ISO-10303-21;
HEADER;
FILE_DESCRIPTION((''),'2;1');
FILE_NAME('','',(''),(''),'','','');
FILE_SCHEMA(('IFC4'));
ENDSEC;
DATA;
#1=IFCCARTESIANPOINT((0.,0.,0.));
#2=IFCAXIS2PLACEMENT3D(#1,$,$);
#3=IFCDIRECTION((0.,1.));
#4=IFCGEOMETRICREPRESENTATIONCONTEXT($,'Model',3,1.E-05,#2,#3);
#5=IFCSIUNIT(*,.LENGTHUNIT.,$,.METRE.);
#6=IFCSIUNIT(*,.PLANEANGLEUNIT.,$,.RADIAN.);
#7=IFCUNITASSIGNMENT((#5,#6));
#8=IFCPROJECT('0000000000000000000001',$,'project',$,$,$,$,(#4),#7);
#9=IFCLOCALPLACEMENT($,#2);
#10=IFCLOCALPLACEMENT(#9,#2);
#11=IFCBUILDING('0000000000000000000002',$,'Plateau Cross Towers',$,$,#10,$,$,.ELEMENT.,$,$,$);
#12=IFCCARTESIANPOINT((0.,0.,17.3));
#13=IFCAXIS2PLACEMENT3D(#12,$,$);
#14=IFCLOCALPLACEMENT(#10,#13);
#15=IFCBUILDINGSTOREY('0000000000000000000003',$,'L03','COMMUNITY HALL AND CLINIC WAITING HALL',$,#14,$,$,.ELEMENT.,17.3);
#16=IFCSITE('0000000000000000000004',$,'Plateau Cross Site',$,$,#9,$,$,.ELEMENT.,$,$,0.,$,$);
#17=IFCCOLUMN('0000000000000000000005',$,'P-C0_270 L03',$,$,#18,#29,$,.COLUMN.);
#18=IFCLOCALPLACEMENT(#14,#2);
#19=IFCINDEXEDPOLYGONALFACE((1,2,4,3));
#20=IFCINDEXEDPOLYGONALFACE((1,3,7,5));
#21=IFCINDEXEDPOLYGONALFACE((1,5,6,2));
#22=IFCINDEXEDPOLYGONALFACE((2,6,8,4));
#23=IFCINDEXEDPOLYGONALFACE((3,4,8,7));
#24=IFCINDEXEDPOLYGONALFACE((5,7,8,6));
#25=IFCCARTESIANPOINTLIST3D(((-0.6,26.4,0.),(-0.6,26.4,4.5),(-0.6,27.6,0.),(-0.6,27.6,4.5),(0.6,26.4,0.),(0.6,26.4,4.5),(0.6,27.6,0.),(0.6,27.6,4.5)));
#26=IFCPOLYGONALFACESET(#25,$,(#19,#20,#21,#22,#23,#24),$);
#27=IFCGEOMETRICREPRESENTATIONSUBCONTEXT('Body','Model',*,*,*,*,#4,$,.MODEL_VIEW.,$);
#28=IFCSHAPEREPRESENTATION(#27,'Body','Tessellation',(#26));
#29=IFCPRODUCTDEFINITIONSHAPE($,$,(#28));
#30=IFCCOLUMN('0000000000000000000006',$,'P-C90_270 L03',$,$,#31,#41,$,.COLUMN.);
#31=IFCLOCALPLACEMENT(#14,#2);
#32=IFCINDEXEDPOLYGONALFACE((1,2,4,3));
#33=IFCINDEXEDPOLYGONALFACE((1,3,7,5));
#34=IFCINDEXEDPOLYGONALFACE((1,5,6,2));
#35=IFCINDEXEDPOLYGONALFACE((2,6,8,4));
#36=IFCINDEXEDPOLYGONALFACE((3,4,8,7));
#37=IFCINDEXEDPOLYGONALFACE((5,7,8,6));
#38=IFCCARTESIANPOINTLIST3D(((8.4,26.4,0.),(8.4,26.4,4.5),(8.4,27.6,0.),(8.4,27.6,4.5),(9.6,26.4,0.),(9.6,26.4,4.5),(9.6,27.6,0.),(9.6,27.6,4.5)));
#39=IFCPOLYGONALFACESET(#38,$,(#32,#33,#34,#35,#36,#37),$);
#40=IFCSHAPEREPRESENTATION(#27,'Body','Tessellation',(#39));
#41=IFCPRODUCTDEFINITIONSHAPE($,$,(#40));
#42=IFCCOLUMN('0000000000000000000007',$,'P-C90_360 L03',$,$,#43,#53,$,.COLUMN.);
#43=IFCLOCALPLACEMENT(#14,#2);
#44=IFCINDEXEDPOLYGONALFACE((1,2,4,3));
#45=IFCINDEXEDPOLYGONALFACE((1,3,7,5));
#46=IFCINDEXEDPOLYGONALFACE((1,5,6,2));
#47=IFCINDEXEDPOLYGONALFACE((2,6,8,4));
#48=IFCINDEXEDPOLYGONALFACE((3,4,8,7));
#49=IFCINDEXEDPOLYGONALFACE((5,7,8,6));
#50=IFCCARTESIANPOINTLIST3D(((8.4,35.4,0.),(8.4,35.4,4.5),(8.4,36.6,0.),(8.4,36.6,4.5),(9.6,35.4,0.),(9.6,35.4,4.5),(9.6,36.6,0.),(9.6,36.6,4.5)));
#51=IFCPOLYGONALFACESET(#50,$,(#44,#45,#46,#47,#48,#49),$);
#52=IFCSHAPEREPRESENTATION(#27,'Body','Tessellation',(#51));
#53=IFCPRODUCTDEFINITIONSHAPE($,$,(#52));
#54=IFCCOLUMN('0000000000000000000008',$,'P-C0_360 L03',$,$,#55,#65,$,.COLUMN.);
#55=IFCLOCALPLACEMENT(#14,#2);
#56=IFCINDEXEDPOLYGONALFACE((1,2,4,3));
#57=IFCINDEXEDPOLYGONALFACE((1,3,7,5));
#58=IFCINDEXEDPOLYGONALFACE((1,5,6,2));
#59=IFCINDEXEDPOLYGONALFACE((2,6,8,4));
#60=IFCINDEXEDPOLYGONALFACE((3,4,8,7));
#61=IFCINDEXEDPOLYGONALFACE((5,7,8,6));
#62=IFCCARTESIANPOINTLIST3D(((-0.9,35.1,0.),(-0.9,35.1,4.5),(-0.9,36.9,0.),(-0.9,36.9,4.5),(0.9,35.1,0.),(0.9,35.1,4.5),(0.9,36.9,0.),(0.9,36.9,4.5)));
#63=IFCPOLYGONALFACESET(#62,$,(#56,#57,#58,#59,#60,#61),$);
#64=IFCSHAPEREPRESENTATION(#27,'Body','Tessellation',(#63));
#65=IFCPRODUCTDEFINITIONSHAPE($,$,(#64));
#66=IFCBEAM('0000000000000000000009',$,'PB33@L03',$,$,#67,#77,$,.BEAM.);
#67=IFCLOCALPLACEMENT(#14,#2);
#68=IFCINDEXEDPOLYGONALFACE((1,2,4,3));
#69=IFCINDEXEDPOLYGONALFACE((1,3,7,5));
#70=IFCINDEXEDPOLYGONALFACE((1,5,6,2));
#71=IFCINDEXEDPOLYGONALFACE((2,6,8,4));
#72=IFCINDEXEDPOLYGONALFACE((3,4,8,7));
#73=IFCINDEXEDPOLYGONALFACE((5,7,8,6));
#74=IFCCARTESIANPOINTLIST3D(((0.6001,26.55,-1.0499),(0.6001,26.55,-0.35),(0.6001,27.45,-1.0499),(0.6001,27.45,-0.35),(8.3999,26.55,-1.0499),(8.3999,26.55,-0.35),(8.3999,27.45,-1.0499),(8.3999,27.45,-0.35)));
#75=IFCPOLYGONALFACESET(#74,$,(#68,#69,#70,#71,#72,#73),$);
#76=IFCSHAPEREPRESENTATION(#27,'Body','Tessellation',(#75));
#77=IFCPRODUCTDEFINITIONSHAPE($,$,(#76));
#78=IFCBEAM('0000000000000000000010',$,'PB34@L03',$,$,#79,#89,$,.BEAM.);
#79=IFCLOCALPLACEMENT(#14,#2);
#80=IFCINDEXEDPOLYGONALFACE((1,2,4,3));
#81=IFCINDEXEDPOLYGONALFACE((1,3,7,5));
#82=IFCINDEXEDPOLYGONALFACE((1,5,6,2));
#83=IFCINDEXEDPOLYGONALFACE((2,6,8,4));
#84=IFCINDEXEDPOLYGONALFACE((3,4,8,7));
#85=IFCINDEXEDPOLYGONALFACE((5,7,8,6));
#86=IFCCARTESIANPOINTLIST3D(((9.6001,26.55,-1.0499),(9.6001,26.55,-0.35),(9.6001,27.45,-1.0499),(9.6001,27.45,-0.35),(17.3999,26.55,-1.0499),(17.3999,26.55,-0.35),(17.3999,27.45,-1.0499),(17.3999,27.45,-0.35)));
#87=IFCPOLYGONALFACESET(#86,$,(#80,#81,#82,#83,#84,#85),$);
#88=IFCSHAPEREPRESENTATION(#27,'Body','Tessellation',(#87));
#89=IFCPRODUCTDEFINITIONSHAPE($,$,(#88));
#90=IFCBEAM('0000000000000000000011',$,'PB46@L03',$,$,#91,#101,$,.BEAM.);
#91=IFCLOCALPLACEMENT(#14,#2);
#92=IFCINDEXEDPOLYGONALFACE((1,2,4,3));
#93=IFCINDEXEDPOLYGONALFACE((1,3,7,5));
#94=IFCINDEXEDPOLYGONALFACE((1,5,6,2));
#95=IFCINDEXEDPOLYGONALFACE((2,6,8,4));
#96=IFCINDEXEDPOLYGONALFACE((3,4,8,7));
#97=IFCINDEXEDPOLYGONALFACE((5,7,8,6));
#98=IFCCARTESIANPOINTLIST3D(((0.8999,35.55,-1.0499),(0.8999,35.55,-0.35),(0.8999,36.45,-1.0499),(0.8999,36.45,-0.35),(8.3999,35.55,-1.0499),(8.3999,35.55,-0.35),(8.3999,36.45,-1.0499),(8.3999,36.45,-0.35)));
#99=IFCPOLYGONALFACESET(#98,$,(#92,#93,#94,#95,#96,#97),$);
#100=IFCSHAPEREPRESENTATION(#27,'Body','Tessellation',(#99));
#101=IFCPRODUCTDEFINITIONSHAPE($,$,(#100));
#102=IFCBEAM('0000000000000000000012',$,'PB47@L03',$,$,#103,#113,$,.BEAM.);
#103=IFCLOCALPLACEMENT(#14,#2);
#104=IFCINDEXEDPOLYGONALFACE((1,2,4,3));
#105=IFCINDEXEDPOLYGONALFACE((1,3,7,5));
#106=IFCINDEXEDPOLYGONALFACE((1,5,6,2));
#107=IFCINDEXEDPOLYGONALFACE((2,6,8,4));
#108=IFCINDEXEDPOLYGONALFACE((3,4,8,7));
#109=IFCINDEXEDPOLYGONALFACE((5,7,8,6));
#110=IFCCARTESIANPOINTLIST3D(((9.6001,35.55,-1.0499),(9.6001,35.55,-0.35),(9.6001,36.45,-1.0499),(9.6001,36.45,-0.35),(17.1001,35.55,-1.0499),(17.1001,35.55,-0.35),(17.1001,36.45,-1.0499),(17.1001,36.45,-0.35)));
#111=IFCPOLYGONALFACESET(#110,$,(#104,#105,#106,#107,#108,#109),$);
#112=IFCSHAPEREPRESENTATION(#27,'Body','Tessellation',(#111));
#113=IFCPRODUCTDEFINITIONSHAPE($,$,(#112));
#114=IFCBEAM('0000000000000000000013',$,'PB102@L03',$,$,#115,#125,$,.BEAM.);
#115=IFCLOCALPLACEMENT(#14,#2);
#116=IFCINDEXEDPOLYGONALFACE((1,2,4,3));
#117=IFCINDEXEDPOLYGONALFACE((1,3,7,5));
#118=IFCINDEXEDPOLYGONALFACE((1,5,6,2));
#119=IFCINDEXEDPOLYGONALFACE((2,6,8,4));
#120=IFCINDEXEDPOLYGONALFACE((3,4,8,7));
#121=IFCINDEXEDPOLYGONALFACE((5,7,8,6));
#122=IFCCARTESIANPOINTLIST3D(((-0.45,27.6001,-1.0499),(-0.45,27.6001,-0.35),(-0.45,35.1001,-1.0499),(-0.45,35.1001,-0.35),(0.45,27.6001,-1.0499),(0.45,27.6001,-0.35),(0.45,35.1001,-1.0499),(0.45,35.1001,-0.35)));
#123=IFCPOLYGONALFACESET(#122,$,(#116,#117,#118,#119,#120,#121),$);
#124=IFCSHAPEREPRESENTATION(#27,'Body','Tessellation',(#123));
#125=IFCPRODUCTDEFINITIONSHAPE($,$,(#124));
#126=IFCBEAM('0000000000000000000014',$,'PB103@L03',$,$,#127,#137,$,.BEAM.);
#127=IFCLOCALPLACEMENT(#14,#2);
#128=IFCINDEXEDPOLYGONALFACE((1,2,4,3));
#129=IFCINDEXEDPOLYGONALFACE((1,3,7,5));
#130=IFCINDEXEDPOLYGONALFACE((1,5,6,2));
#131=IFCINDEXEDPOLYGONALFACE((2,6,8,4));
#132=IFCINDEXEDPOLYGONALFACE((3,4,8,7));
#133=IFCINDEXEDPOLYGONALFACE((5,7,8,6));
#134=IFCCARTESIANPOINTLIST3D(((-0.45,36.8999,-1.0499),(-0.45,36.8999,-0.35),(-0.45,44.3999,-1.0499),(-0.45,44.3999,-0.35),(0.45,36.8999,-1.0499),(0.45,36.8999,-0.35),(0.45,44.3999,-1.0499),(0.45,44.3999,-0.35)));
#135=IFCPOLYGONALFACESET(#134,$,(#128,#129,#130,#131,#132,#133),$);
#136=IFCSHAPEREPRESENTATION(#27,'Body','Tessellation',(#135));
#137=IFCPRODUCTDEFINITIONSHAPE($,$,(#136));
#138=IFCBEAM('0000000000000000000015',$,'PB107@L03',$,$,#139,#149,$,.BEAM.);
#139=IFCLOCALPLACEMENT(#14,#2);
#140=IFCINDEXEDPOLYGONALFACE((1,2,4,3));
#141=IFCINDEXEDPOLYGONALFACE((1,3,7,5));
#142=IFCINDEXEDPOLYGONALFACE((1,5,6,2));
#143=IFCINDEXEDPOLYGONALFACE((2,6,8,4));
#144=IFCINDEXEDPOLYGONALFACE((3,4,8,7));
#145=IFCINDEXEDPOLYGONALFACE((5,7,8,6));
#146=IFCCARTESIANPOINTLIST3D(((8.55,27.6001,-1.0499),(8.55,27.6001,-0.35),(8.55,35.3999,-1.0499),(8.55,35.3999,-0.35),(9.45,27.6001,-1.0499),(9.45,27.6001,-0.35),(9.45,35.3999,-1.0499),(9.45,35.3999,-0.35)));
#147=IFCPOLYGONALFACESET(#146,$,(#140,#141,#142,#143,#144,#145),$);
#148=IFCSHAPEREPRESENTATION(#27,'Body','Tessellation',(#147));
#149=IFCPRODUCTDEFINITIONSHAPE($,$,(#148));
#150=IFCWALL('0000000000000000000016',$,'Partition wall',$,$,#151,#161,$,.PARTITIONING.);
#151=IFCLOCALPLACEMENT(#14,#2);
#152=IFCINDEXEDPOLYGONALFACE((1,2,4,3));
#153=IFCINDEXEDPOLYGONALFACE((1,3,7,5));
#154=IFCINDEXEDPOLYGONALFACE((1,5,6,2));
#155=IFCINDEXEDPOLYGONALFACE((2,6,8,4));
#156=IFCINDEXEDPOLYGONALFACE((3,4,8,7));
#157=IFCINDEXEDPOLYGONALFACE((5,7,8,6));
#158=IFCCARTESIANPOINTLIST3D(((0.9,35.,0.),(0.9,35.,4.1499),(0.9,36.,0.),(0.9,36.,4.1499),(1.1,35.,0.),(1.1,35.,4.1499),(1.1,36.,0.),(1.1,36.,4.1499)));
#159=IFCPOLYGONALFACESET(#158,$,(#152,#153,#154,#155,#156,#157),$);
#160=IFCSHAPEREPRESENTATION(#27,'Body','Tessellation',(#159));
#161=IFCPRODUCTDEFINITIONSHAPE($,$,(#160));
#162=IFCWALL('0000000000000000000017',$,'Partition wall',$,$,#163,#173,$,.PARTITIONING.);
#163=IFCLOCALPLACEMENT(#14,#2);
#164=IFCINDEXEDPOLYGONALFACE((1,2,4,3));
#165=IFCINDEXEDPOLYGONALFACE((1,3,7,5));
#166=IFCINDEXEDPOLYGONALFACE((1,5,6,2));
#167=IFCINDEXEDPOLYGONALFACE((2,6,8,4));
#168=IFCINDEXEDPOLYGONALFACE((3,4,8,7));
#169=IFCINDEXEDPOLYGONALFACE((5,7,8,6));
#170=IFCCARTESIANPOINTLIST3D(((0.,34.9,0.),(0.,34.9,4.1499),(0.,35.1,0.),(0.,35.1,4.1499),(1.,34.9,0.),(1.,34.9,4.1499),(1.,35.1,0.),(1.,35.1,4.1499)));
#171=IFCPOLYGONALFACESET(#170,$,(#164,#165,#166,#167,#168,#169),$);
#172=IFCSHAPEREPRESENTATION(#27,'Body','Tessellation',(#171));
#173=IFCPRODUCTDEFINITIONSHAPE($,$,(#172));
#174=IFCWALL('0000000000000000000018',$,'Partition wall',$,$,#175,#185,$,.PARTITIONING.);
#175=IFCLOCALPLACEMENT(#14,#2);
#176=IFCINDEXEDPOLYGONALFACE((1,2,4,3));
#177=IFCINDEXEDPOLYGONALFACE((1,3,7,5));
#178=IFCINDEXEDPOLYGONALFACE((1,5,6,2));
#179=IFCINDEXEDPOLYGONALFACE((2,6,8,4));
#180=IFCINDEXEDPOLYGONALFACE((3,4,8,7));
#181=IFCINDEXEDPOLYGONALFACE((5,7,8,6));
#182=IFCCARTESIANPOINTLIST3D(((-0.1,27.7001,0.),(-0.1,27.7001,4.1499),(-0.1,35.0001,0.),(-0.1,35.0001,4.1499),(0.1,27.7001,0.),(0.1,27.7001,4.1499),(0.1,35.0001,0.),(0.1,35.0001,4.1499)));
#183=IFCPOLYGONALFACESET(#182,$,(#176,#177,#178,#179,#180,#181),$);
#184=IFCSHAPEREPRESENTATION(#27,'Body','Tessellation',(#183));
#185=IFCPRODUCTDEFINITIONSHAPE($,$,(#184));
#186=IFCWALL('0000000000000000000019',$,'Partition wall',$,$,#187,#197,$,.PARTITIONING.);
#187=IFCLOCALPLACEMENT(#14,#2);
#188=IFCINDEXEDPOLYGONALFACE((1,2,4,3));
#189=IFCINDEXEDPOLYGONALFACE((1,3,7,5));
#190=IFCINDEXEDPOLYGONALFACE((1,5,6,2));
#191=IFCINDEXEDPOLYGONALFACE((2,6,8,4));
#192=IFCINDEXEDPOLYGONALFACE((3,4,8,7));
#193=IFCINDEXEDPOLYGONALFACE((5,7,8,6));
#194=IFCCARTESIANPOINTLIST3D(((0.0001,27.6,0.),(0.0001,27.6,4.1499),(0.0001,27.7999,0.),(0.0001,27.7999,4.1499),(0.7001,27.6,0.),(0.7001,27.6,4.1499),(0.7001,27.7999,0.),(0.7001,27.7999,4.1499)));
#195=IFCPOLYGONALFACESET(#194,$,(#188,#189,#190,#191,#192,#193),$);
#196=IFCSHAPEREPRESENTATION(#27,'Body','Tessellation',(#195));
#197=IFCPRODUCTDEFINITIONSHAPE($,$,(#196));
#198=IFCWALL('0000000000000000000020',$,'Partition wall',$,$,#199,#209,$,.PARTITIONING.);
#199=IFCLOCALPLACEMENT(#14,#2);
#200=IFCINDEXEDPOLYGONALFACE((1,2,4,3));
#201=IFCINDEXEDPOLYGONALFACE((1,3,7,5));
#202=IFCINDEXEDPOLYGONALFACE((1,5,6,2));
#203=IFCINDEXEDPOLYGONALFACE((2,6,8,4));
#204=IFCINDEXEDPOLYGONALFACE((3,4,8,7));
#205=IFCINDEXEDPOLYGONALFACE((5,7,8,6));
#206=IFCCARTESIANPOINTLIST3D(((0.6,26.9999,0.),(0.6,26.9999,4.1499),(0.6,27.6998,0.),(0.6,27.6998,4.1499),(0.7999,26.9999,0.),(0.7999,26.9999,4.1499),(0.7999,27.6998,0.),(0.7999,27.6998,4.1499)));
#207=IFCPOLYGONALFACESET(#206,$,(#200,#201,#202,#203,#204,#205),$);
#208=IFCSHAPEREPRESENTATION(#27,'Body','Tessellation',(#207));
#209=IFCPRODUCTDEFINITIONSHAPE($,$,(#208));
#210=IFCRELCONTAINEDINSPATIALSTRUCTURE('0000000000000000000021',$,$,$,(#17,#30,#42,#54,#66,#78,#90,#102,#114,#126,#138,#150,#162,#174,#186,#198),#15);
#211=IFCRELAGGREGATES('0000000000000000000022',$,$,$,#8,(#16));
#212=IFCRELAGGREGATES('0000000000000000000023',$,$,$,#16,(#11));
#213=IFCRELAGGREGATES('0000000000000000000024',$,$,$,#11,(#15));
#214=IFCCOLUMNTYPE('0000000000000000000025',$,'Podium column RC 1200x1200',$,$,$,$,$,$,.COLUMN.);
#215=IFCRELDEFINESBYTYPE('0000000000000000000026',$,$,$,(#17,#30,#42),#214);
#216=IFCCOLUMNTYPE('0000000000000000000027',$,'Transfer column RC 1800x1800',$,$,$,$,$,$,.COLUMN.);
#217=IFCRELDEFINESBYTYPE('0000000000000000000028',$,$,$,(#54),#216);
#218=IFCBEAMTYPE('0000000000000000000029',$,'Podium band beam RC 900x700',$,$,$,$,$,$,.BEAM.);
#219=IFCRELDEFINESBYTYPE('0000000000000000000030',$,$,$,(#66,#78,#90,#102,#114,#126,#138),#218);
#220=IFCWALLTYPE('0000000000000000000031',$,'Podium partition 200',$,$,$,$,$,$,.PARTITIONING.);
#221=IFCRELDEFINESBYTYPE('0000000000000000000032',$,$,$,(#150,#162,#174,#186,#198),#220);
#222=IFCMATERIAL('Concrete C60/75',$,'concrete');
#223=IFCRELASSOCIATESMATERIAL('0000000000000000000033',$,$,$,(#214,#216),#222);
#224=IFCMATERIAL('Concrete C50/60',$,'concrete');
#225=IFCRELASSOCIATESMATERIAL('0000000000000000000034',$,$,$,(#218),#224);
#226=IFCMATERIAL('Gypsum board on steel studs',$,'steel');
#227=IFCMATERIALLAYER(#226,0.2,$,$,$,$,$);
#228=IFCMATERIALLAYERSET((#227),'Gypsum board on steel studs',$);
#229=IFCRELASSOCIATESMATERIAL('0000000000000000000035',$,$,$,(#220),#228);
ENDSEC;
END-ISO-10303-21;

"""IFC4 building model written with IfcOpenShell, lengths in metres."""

from ifc_helpers import new_model, si_unit, direction, frame, frame_2d, origin, origin_2d, place, context, subcontext, project, spatial, rectangle, extrude, material, layer, layer_set, material_profile, profile_set, type_object, element, save


model = new_model("IFC4")

# Units and contexts
model_context = context("Model", 3, precision=1e-05, world=origin(), true_north=direction((0.0, 1.0)))
body_context = subcontext(model_context, "Body", "Model", "MODEL_VIEW")
ifc_project = project(units=[si_unit("LENGTHUNIT", "METRE"), si_unit("PLANEANGLEUNIT", "RADIAN")], contexts=[model_context])

# Site, building, storey
site_placement = place(None, origin())
site = spatial("IfcSite", under=ifc_project, at=site_placement, Name="Plateau Cross Site", CompositionType="ELEMENT", RefElevation=0.0)
building_placement = place(site_placement, origin())
building = spatial("IfcBuilding", under=site, at=building_placement, Name="Plateau Cross Towers", CompositionType="ELEMENT")
storey_placement = place(building_placement, frame((0.0, 0.0, 17.3)))
storey = spatial("IfcBuildingStorey", under=building, at=storey_placement, Name="L03", Description="COMMUNITY HALL AND CLINIC WAITING HALL", CompositionType="ELEMENT", Elevation=17.3)

# Columns
ifc_material_1 = material(Name="Concrete C60/75", Category="concrete")
ifc_material_profile_1 = material_profile(ifc_material_1, rectangle(XDim=1.2, YDim=1.2, at=origin_2d()), Name="RC 1200x1200")
ifc_profile_set_1 = profile_set([ifc_material_profile_1], Name="Concrete C60/75")
column_type_1 = type_object("IfcColumnType", Name="Podium column RC 1200x1200", PredefinedType="COLUMN", material=ifc_profile_set_1)
for number, where, z_axis, x_axis, name in (
    (1, (0.0, 27.0, 0.0), (0.0, 0.0, 1.0), (1.0, 0.0, 0.0), "P-C0_270 L03"),
    (2, (9.0, 27.0, 0.0), (0.0, 0.0, 1.0), (1.0, 0.0, 0.0), "P-C90_270 L03"),
    (3, (9.0, 36.0, 0.0), (0.0, 0.0, 1.0), (1.0, 0.0, 0.0), "P-C90_360 L03"),
):
    element("IfcColumn", number, at=place(storey_placement, frame(where, z_axis=z_axis, x_axis=x_axis)), inside=storey, type_object=column_type_1, Name=name, PredefinedType="COLUMN", context=body_context, shape_type="SweptSolid", body=[
        extrude(rectangle(XDim=1.2, YDim=1.2, at=origin_2d()), origin(), (0.0, 0.0, 1.0), 4.5),
    ])
ifc_material_profile_2 = material_profile(ifc_material_1, rectangle(XDim=1.8, YDim=1.8, at=origin_2d()), Name="RC 1800x1800")
ifc_profile_set_2 = profile_set([ifc_material_profile_2], Name="Concrete C60/75")
column_type_2 = type_object("IfcColumnType", Name="Transfer column RC 1800x1800", PredefinedType="COLUMN", material=ifc_profile_set_2)
column_placement = place(storey_placement, frame((0.0, 36.0, 0.0), z_axis=(0.0, 0.0, 1.0), x_axis=(1.0, 0.0, 0.0)))
element("IfcColumn", 4, at=column_placement, inside=storey, type_object=column_type_2, Name="P-C0_360 L03", PredefinedType="COLUMN", context=body_context, shape_type="SweptSolid", body=[
    extrude(rectangle(XDim=1.8, YDim=1.8, at=origin_2d()), origin(), (0.0, 0.0, 1.0), 4.5),
])

# Beams
ifc_material_2 = material(Name="Concrete C50/60", Category="concrete")
ifc_material_profile_3 = material_profile(ifc_material_2, rectangle(XDim=0.8999, YDim=0.7, at=origin_2d()), Name="RC 900x700")
ifc_profile_set_3 = profile_set([ifc_material_profile_3], Name="Concrete C50/60")
beam_type = type_object("IfcBeamType", Name="Podium band beam RC 900x700", PredefinedType="BEAM", material=ifc_profile_set_3)
for number, where, z_axis, x_axis, name in (
    (5, (0.6001, 27.0, -0.7), (1.0, 0.0, 0.0), (0.0, 1.0, 0.0), "PB33@L03"),
    (6, (9.6001, 27.0, -0.7), (1.0, 0.0, 0.0), (0.0, 1.0, 0.0), "PB34@L03"),
):
    element("IfcBeam", number, at=place(storey_placement, frame(where, z_axis=z_axis, x_axis=x_axis)), inside=storey, type_object=beam_type, Name=name, PredefinedType="BEAM", context=body_context, shape_type="SweptSolid", body=[
        extrude(rectangle(XDim=0.8999, YDim=0.7, at=origin_2d()), origin(), (0.0, 0.0, 1.0), 7.7998),
    ])
for number, where, z_axis, x_axis, name in (
    (7, (0.8999, 36.0, -0.7), (1.0, 0.0, 0.0), (0.0, 1.0, 0.0), "PB46@L03"),
    (8, (9.6001, 36.0, -0.7), (1.0, 0.0, 0.0), (0.0, 1.0, 0.0), "PB47@L03"),
    (9, (0.0, 27.6001, -0.7), (0.0, 1.0, 0.0), (-1.0, 0.0, 0.0), "PB102@L03"),
    (10, (0.0, 36.8999, -0.7), (0.0, 1.0, 0.0), (-1.0, 0.0, 0.0), "PB103@L03"),
):
    element("IfcBeam", number, at=place(storey_placement, frame(where, z_axis=z_axis, x_axis=x_axis)), inside=storey, type_object=beam_type, Name=name, PredefinedType="BEAM", context=body_context, shape_type="SweptSolid", body=[
        extrude(rectangle(XDim=0.8999, YDim=0.7, at=origin_2d()), origin(), (0.0, 0.0, 1.0), 7.5),
    ])
beam_placement = place(storey_placement, frame((9.0, 27.6001, -0.7), z_axis=(0.0, 1.0, 0.0), x_axis=(-1.0, 0.0, 0.0)))
element("IfcBeam", 11, at=beam_placement, inside=storey, type_object=beam_type, Name="PB107@L03", PredefinedType="BEAM", context=body_context, shape_type="SweptSolid", body=[
    extrude(rectangle(XDim=0.8999, YDim=0.7, at=origin_2d()), origin(), (0.0, 0.0, 1.0), 7.7998),
])

# Walls
ifc_material_3 = material(Name="Gypsum board on steel studs", Category="steel")
ifc_layer_1 = layer(ifc_material_3, 0.2)
ifc_layer_set_1 = layer_set([ifc_layer_1], Name="Gypsum board on steel studs")
wall_type_1 = type_object("IfcWallType", Name="Podium partition 200", PredefinedType="PARTITIONING", material=ifc_layer_set_1)
for number, where, z_axis, x_axis, name in (
    (12, (1.0, 36.0, 0.0), (0.0, 0.0, 1.0), (0.0, -1.0, 0.0), "Partition wall"),
    (13, (1.0, 35.0, 0.0), (0.0, 0.0, 1.0), (-1.0, 0.0, 0.0), "Partition wall"),
):
    element("IfcWall", number, at=place(storey_placement, frame(where, z_axis=z_axis, x_axis=x_axis)), inside=storey, type_object=wall_type_1, Name=name, PredefinedType="PARTITIONING", context=body_context, shape_type="SweptSolid", body=[
        extrude(rectangle(XDim=1.0, YDim=0.2, at=frame_2d((0.5, 0.0))), origin(), (0.0, 0.0, 1.0), 4.1499),
    ])
wall_1_placement = place(storey_placement, frame((0.0, 35.0, 0.0), z_axis=(0.0, 0.0, 1.0), x_axis=(0.0, -1.0, 0.0)))
element("IfcWall", 14, at=wall_1_placement, inside=storey, type_object=wall_type_1, Name="Partition wall", PredefinedType="PARTITIONING", context=body_context, shape_type="SweptSolid", body=[
    extrude(rectangle(XDim=7.3, YDim=0.2, at=frame_2d((3.6499, 0.0))), origin(), (0.0, 0.0, 1.0), 4.1499),
])
for number, where, z_axis, x_axis, name in (
    (15, (0.0, 27.7, 0.0), (0.0, 0.0, 1.0), (1.0, 0.0, 0.0), "Partition wall"),
    (16, (0.7, 27.7, 0.0), (0.0, 0.0, 1.0), (0.0, -1.0, 0.0), "Partition wall"),
):
    element("IfcWall", number, at=place(storey_placement, frame(where, z_axis=z_axis, x_axis=x_axis)), inside=storey, type_object=wall_type_1, Name=name, PredefinedType="PARTITIONING", context=body_context, shape_type="SweptSolid", body=[
        extrude(rectangle(XDim=0.7, YDim=0.2, at=frame_2d((0.3501, 0.0))), origin(), (0.0, 0.0, 1.0), 4.1499),
    ])

save(model, "model.ifc")
